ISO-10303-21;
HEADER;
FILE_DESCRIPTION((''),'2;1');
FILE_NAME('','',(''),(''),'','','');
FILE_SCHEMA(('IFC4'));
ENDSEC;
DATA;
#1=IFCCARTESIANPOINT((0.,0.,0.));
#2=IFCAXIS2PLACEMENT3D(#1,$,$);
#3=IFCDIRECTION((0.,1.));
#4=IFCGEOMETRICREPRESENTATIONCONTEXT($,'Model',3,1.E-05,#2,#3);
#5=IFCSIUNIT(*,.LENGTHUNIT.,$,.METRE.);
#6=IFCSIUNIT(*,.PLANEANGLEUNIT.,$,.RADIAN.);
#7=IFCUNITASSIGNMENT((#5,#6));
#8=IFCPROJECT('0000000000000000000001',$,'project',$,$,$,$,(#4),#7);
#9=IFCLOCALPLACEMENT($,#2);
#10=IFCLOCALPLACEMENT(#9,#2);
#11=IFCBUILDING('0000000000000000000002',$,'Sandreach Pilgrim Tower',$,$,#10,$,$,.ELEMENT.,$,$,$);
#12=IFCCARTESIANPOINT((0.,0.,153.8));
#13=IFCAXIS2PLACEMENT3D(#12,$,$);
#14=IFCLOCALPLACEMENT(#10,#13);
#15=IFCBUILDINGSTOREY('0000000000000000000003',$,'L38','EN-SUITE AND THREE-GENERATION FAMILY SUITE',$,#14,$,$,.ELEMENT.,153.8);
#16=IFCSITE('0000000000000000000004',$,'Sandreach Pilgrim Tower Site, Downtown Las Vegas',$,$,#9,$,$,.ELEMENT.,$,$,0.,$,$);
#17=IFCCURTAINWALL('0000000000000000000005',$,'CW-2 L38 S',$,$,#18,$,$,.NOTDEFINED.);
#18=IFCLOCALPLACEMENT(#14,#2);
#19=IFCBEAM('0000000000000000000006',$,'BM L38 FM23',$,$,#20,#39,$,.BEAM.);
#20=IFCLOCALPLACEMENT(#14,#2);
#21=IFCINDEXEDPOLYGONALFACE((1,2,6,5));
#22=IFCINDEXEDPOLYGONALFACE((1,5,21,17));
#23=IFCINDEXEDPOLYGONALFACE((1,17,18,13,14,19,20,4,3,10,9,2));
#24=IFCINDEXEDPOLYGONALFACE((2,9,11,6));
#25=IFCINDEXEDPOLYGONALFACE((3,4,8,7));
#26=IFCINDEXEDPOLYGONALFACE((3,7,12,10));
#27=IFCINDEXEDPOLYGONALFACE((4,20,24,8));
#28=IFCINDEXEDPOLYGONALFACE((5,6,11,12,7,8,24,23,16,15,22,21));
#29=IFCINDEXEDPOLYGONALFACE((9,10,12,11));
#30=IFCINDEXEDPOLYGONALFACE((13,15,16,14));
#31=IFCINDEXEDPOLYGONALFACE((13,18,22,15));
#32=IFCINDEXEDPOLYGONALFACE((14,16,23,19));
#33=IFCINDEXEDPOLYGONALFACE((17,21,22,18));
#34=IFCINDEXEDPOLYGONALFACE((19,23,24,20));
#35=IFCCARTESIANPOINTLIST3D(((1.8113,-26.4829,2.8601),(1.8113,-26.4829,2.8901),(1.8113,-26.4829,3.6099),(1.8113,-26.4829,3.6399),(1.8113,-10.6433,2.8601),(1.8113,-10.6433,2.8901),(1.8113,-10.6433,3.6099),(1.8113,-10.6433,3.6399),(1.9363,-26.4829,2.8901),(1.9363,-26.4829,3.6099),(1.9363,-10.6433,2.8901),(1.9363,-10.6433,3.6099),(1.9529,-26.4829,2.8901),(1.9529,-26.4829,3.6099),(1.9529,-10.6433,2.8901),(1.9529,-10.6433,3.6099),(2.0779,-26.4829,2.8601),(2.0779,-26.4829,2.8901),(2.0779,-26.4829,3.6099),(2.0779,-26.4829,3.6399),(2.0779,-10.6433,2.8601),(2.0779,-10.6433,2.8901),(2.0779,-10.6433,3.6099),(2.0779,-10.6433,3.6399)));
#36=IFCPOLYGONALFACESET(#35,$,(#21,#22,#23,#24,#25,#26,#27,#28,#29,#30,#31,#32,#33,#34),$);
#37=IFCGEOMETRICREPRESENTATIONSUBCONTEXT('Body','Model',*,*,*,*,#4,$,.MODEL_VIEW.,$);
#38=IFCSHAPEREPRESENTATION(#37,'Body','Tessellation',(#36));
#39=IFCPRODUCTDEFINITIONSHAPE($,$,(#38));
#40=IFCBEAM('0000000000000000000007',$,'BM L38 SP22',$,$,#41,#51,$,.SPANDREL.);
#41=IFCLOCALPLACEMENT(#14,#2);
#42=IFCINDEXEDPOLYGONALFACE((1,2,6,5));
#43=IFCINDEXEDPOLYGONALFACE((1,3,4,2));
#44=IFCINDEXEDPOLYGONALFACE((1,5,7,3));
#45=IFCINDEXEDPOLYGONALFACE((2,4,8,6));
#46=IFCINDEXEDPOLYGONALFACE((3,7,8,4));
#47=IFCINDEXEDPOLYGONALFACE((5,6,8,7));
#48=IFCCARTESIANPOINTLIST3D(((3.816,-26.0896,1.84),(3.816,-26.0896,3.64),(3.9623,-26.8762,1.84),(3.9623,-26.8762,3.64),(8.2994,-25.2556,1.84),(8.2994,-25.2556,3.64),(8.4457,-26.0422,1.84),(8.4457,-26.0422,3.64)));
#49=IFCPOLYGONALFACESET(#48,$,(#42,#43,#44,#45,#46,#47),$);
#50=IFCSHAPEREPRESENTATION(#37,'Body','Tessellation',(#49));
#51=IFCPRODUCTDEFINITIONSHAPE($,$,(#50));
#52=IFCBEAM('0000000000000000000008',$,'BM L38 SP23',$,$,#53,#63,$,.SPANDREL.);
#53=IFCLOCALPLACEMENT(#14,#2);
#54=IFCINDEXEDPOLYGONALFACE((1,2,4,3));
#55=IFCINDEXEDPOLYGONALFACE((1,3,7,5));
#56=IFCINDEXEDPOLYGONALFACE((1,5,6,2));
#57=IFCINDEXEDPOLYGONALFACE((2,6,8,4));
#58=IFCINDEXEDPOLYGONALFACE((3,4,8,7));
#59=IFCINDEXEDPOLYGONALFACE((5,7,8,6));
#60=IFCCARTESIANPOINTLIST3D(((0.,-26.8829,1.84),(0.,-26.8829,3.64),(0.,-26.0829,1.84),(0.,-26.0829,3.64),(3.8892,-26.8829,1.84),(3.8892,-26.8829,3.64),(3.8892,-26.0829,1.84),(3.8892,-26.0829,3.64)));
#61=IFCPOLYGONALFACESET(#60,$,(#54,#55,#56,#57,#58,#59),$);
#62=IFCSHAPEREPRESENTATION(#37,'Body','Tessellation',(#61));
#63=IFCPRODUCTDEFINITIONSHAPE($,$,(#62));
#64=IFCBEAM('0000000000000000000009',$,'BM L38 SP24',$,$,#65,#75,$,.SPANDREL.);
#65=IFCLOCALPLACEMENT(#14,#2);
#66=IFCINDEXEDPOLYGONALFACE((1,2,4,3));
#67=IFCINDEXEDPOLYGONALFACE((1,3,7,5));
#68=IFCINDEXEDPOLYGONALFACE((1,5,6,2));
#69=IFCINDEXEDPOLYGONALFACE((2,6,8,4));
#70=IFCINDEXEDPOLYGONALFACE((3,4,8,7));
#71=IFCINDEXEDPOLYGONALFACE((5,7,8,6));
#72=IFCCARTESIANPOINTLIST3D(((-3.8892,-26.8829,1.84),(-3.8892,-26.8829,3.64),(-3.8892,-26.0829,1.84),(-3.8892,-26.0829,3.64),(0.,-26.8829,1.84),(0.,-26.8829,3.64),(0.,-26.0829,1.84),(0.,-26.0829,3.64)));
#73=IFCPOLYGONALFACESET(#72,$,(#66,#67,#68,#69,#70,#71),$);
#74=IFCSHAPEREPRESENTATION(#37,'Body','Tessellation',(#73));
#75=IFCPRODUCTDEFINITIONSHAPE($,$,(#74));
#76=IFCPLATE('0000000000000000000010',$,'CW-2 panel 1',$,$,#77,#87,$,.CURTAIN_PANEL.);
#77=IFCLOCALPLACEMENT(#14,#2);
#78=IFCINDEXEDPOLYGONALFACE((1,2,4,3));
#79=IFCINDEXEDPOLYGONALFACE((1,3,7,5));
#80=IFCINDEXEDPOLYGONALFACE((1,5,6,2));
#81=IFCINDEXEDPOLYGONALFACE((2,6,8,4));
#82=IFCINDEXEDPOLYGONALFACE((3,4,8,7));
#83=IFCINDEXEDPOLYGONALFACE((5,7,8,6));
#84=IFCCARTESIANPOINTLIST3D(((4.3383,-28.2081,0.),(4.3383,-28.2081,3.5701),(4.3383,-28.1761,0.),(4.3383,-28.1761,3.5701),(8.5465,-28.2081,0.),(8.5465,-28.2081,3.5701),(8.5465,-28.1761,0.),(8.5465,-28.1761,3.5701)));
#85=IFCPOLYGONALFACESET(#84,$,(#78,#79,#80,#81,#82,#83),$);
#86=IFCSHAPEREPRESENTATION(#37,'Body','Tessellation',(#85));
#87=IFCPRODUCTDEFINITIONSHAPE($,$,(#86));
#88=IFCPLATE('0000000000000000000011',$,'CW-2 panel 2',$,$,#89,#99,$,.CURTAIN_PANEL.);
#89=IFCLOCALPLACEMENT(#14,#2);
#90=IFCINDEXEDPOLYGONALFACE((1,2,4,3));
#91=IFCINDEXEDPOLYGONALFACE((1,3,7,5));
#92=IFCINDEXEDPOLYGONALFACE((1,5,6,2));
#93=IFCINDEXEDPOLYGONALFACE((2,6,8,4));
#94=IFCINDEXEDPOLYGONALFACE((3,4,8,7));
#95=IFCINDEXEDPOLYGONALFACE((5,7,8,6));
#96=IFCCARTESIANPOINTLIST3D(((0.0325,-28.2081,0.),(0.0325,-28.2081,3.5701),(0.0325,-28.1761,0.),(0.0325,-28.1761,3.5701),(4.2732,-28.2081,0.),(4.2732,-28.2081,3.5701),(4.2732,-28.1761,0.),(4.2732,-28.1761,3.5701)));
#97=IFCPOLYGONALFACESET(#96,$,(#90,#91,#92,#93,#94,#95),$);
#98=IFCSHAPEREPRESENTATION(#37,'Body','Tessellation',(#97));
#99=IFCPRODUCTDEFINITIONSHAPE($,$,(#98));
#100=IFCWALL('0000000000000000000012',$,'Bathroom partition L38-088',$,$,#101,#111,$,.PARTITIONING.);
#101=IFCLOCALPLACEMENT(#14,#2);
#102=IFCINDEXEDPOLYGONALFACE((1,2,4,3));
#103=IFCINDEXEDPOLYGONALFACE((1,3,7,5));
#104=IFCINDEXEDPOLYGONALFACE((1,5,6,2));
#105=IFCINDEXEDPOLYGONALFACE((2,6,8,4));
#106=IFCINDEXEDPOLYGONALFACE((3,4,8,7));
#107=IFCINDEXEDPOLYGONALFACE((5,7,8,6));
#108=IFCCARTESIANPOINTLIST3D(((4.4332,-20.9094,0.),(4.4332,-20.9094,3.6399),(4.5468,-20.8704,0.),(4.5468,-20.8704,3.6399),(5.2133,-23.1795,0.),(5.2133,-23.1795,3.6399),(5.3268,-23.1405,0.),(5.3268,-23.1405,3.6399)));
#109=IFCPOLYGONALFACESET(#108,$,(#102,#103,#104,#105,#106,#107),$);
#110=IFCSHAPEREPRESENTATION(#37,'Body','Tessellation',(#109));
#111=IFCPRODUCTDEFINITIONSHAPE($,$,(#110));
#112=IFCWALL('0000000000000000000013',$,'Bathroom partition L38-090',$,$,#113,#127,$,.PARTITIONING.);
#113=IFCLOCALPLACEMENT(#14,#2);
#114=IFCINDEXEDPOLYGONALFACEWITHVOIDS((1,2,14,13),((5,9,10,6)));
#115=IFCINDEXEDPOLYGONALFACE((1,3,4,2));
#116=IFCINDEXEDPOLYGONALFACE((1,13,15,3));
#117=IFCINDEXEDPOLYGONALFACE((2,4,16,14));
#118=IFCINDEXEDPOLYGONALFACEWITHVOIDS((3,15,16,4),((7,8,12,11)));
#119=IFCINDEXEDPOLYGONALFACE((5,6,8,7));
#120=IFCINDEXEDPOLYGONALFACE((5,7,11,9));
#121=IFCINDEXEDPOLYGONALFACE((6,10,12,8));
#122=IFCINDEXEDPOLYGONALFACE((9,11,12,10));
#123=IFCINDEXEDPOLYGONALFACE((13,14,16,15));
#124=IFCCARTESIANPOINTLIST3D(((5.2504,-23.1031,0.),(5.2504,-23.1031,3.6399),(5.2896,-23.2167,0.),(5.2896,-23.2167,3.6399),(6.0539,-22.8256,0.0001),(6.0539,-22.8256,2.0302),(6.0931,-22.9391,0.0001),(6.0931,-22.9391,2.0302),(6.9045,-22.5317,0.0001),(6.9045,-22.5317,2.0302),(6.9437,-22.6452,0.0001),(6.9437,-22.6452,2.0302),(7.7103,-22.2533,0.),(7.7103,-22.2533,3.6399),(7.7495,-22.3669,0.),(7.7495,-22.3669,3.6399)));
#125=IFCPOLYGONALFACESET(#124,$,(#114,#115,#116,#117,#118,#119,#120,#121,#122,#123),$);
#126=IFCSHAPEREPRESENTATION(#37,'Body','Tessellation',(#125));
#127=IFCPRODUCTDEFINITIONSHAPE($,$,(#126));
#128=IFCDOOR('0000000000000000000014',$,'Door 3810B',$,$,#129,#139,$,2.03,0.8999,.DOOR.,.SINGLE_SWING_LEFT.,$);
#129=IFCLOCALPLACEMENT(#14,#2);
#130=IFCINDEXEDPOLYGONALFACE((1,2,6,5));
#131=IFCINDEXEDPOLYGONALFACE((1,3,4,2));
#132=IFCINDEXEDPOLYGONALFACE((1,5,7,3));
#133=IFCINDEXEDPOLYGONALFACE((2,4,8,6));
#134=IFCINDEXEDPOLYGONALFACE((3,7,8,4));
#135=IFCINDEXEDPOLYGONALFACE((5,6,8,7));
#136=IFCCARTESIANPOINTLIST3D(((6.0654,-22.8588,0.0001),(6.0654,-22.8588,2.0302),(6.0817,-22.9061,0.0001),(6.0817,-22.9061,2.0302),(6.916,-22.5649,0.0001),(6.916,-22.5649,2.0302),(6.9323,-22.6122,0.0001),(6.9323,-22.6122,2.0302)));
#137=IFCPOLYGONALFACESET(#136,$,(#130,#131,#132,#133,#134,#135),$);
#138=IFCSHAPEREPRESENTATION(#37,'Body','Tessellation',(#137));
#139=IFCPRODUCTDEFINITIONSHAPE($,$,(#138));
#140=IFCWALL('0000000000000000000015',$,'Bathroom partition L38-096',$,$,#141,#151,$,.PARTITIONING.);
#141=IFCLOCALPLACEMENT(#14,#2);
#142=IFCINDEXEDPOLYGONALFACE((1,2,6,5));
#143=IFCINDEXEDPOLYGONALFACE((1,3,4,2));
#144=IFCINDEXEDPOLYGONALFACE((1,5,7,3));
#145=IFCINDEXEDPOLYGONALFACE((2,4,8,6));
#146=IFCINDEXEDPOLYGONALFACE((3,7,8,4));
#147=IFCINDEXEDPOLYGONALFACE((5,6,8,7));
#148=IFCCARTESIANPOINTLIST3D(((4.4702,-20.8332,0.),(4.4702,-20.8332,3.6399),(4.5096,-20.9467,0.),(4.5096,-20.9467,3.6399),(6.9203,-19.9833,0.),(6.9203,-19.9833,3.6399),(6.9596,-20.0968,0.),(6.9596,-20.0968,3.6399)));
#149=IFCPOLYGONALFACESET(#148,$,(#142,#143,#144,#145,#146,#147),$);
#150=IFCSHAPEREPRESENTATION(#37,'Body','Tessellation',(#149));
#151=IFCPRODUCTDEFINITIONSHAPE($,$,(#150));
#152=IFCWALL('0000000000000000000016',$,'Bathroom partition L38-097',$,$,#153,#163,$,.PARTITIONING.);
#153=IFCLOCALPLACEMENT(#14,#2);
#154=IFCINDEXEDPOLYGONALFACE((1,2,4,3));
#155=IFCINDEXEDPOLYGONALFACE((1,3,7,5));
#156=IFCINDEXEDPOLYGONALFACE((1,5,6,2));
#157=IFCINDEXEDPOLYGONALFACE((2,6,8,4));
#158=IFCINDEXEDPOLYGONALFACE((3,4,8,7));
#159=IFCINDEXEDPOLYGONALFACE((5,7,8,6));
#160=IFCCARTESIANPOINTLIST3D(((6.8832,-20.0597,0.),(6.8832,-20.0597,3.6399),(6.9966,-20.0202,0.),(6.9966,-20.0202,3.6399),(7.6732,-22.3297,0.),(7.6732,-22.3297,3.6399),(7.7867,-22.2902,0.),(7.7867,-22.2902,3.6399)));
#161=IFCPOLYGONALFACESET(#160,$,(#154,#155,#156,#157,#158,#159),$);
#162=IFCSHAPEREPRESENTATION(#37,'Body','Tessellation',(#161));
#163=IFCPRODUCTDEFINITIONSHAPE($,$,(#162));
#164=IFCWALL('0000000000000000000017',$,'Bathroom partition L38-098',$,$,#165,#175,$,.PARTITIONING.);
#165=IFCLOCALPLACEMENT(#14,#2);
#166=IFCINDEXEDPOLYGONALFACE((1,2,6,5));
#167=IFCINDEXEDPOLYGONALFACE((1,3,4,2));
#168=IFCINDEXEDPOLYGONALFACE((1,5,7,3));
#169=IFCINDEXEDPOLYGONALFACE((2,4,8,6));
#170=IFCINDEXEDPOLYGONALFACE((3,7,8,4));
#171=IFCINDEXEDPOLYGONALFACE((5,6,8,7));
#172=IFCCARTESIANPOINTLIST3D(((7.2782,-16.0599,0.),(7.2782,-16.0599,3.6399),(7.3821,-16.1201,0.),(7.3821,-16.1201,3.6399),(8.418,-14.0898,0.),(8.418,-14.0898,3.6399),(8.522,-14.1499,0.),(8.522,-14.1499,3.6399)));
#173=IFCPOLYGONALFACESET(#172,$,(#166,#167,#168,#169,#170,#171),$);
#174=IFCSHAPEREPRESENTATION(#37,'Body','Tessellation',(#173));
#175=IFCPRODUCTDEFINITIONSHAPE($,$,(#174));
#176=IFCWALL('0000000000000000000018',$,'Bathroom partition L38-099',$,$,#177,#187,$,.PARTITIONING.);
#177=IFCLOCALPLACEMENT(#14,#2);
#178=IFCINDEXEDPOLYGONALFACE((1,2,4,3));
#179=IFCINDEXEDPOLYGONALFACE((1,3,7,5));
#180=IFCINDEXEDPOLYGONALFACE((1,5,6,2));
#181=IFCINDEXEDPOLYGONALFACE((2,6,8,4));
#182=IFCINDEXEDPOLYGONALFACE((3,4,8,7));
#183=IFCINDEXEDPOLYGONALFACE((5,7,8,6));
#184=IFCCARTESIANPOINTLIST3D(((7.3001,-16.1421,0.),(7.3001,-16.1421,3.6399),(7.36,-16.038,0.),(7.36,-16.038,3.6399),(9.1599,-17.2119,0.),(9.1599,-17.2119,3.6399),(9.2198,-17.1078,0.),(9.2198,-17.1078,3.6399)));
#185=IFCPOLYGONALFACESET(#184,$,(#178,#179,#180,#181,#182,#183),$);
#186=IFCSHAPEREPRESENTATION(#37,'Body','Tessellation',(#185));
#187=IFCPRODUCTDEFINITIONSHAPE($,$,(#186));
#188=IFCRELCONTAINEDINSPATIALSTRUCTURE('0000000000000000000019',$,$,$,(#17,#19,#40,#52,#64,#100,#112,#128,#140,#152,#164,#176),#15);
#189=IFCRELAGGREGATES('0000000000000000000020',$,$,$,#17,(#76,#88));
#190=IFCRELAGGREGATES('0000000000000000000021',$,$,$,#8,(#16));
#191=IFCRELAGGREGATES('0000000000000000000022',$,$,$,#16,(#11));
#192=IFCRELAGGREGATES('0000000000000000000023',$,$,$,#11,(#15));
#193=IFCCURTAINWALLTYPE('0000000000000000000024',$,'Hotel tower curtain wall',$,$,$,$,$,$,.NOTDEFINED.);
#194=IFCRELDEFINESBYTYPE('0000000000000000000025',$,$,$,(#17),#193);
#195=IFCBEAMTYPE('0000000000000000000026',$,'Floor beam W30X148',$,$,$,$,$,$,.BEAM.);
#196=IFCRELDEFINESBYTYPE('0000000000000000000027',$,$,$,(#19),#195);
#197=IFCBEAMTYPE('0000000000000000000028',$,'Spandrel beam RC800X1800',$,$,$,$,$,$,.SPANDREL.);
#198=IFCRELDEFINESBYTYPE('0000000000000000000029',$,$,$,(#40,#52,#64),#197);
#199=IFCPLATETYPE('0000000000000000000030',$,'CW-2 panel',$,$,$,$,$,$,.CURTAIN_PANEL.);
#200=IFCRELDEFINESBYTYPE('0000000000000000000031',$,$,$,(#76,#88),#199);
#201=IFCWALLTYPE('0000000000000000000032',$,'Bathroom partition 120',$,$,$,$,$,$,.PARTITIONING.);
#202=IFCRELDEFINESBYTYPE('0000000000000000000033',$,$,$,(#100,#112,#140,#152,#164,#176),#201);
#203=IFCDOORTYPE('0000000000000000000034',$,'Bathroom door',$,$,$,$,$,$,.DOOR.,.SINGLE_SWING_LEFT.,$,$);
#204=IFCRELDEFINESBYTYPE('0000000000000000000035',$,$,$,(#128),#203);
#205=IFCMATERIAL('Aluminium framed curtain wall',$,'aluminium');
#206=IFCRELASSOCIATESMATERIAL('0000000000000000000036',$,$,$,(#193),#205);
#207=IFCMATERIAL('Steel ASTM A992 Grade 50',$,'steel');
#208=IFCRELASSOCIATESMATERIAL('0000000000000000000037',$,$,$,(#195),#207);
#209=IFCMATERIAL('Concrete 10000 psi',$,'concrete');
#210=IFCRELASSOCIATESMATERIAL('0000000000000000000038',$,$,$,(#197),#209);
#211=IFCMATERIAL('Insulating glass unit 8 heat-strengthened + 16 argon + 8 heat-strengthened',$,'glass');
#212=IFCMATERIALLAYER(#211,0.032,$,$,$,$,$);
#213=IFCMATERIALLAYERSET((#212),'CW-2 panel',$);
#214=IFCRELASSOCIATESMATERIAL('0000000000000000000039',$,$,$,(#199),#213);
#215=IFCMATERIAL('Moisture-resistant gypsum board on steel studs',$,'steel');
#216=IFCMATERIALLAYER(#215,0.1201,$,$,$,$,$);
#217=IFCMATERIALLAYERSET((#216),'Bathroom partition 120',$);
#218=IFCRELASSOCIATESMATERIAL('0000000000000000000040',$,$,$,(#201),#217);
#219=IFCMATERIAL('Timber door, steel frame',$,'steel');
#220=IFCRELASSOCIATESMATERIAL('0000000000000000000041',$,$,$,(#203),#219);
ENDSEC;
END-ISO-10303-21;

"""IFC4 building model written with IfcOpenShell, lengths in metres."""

from ifc_helpers import new_model, si_unit, direction, frame, frame_2d, origin, origin_2d, place, context, subcontext, project, spatial, rectangle, i_section, extrude, material, layer, layer_set, material_profile, profile_set, type_object, element, fill, aggregate, save


model = new_model("IFC4")

# Units and contexts
model_context = context("Model", 3, precision=1e-05, world=origin(), true_north=direction((0.0, 1.0)))
body_context = subcontext(model_context, "Body", "Model", "MODEL_VIEW")
ifc_project = project(units=[si_unit("LENGTHUNIT", "METRE"), si_unit("PLANEANGLEUNIT", "RADIAN")], contexts=[model_context])

# Site, building, storey
site_placement = place(None, origin())
site = spatial("IfcSite", under=ifc_project, at=site_placement, Name="Sandreach Pilgrim Tower Site, Downtown Las Vegas", CompositionType="ELEMENT", RefElevation=0.0)
building_placement = place(site_placement, origin())
building = spatial("IfcBuilding", under=site, at=building_placement, Name="Sandreach Pilgrim Tower", CompositionType="ELEMENT")
storey_placement = place(building_placement, frame((0.0, 0.0, 153.8)))
storey = spatial("IfcBuildingStorey", under=building, at=storey_placement, Name="L38", Description="EN-SUITE AND THREE-GENERATION FAMILY SUITE", CompositionType="ELEMENT", Elevation=153.8)

# Curtain wall
ifc_material_1 = material(Name="Aluminium framed curtain wall", Category="aluminium")
curtain_wall_type = type_object("IfcCurtainWallType", Name="Hotel tower curtain wall", PredefinedType="NOTDEFINED", material=ifc_material_1)
curtain_wall_placement = place(storey_placement, origin())
curtain_wall = element("IfcCurtainWall", 1, at=curtain_wall_placement, inside=storey, type_object=curtain_wall_type, Name="CW-2 L38 S", PredefinedType="NOTDEFINED")

# Beams
ifc_material_2 = material(Name="Steel ASTM A992 Grade 50", Category="steel")
ifc_material_profile_1 = material_profile(ifc_material_2, i_section(OverallWidth=0.2666, OverallDepth=0.7798, WebThickness=0.0166, FlangeThickness=0.03, at=origin_2d()), Name="W30X148")
ifc_profile_set_1 = profile_set([ifc_material_profile_1], Name="Steel ASTM A992 Grade 50")
beam_type_1 = type_object("IfcBeamType", Name="Floor beam W30X148", PredefinedType="BEAM", material=ifc_profile_set_1)
beam_1_placement = place(storey_placement, frame((1.9446, -26.4829, 3.25), z_axis=(0.0, 1.0, 0.0), x_axis=(-1.0, 0.0, 0.0)))
element("IfcBeam", 2, at=beam_1_placement, inside=storey, type_object=beam_type_1, Name="BM L38 FM23", PredefinedType="BEAM", context=body_context, shape_type="SweptSolid", body=[
    extrude(i_section(OverallWidth=0.2666, OverallDepth=0.7798, WebThickness=0.0166, FlangeThickness=0.03, at=origin_2d()), origin(), (0.0, 0.0, 1.0), 15.8396),
])
ifc_material_3 = material(Name="Concrete 10000 psi", Category="concrete")
ifc_material_profile_2 = material_profile(ifc_material_3, rectangle(XDim=0.8, YDim=1.8, at=origin_2d()), Name="RC800X1800")
ifc_profile_set_2 = profile_set([ifc_material_profile_2], Name="Concrete 10000 psi")
beam_type_2 = type_object("IfcBeamType", Name="Spandrel beam RC800X1800", PredefinedType="SPANDREL", material=ifc_profile_set_2)
beam_2_placement = place(storey_placement, frame((8.3726, -25.6489, 2.74), z_axis=(-0.983135, -0.182879, 0.0), x_axis=(0.182879, -0.983135, 0.0)))
element("IfcBeam", 3, at=beam_2_placement, inside=storey, type_object=beam_type_2, Name="BM L38 SP22", PredefinedType="SPANDREL", context=body_context, shape_type="SweptSolid", body=[
    extrude(rectangle(XDim=0.8, YDim=1.8, at=origin_2d()), origin(), (0.0, 0.0, 1.0), 4.5603),
])
for number, where, z_axis, x_axis, name in (
    (4, (3.8892, -26.4829, 2.74), (-1.0, 0.0, 0.0), (0.0, -1.0, 0.0), "BM L38 SP23"),
    (5, (0.0, -26.4829, 2.74), (-1.0, 0.0, 0.0), (0.0, -1.0, 0.0), "BM L38 SP24"),
):
    element("IfcBeam", number, at=place(storey_placement, frame(where, z_axis=z_axis, x_axis=x_axis)), inside=storey, type_object=beam_type_2, Name=name, PredefinedType="SPANDREL", context=body_context, shape_type="SweptSolid", body=[
        extrude(rectangle(XDim=0.8, YDim=1.8, at=origin_2d()), origin(), (0.0, 0.0, 1.0), 3.8892),
    ])

# Plates
ifc_material_4 = material(Name="Insulating glass unit 8 heat-strengthened + 16 argon + 8 heat-strengthened", Category="glass")
ifc_layer_1 = layer(ifc_material_4, 0.032)
ifc_layer_set_1 = layer_set([ifc_layer_1], Name="CW-2 panel")
plate_type = type_object("IfcPlateType", Name="CW-2 panel", PredefinedType="CURTAIN_PANEL", material=ifc_layer_set_1)
plate_1_placement = place(storey_placement, frame((6.4424, -28.1921, 0.0), z_axis=(0.0, 0.0, 1.0), x_axis=(-1.0, 0.0, 0.0)))
plate_1 = element("IfcPlate", 6, at=plate_1_placement, type_object=plate_type, Name="CW-2 panel 1", PredefinedType="CURTAIN_PANEL", context=body_context, shape_type="SweptSolid", body=[
    extrude(rectangle(XDim=4.2083, YDim=0.032, at=origin_2d()), origin(), (0.0, 0.0, 1.0), 3.5701),
])
plate_2_placement = place(storey_placement, frame((2.1528, -28.1921, 0.0), z_axis=(0.0, 0.0, 1.0), x_axis=(-1.0, 0.0, 0.0)))
plate_2 = element("IfcPlate", 7, at=plate_2_placement, type_object=plate_type, Name="CW-2 panel 2", PredefinedType="CURTAIN_PANEL", context=body_context, shape_type="SweptSolid", body=[
    extrude(rectangle(XDim=4.2407, YDim=0.032, at=origin_2d()), origin(), (0.0, 0.0, 1.0), 3.5701),
])
aggregate(curtain_wall, [plate_1, plate_2])

# Wall
ifc_material_5 = material(Name="Moisture-resistant gypsum board on steel studs", Category="steel")
ifc_layer_2 = layer(ifc_material_5, 0.1201)
ifc_layer_set_2 = layer_set([ifc_layer_2], Name="Bathroom partition 120")
wall_type_1 = type_object("IfcWallType", Name="Bathroom partition 120", PredefinedType="PARTITIONING", material=ifc_layer_set_2)
wall_1_placement = place(storey_placement, frame((4.49, -20.8899, 0.0), z_axis=(0.0, 0.0, 1.0), x_axis=(0.324972, -0.945724, 0.0)))
element("IfcWall", 8, at=wall_1_placement, inside=storey, type_object=wall_type_1, Name="Bathroom partition L38-088", PredefinedType="PARTITIONING", context=body_context, shape_type="SweptSolid", body=[
    extrude(rectangle(XDim=2.4004, YDim=0.1201, at=frame_2d((1.2002, 0.0))), origin(), (0.0, 0.0, 1.0), 3.6399),
])

# Wall, opening, door
wall_2_placement = place(storey_placement, frame((5.27, -23.1599, 0.0), z_axis=(0.0, 0.0, 1.0), x_axis=(0.945184, 0.326537, 0.0)))
wall_2 = element("IfcWall", 9, at=wall_2_placement, inside=storey, type_object=wall_type_1, Name="Bathroom partition L38-090", PredefinedType="PARTITIONING", context=body_context, shape_type="SweptSolid", body=[
    extrude(rectangle(XDim=2.6025, YDim=0.1201, at=frame_2d((1.3013, 0.0))), origin(), (0.0, 0.0, 1.0), 3.6399),
])
opening_1_placement = place(wall_2_placement, frame((0.8501, 0.0, 0.0)))
opening_1 = element("IfcOpeningElement", 10, at=opening_1_placement, cuts=wall_2, PredefinedType="OPENING", context=body_context, shape_type="SweptSolid", body=[
    extrude(rectangle(XDim=0.8999, YDim=2.03, at=frame_2d((0.45, 1.0151))), frame((0.0, 0.0601, 0.0), z_axis=(0.0, -1.0, 0.0), x_axis=(1.0, 0.0, 0.0)), (0.0, 0.0, 1.0), 0.1201),
])
ifc_material_6 = material(Name="Timber door, steel frame", Category="steel")
door_type_1 = type_object("IfcDoorType", Name="Bathroom door", OperationType="SINGLE_SWING_LEFT", PredefinedType="DOOR", material=ifc_material_6)
door_1_placement = place(opening_1_placement, origin())
door_1 = element("IfcDoor", 11, at=door_1_placement, inside=storey, type_object=door_type_1, Name="Door 3810B", OperationType="SINGLE_SWING_LEFT", OverallHeight=2.03, OverallWidth=0.8999, PredefinedType="DOOR", context=body_context, shape_type="SweptSolid", body=[
    extrude(rectangle(XDim=0.8999, YDim=2.03, at=frame_2d((0.45, 1.0151))), frame((0.0, 0.0249, 0.0), z_axis=(0.0, -1.0, 0.0), x_axis=(1.0, 0.0, 0.0)), (0.0, 0.0, 1.0), 0.05),
])
fill(opening_1, door_1)

# Walls
wall_3_placement = place(storey_placement, frame((6.9399, -20.04, 0.0), z_axis=(0.0, 0.0, 1.0), x_axis=(-0.944772, -0.327728, 0.0)))
element("IfcWall", 12, at=wall_3_placement, inside=storey, type_object=wall_type_1, Name="Bathroom partition L38-096", PredefinedType="PARTITIONING", context=body_context, shape_type="SweptSolid", body=[
    extrude(rectangle(XDim=2.5933, YDim=0.1201, at=frame_2d((1.2966, 0.0))), origin(), (0.0, 0.0, 1.0), 3.6399),
])
wall_4_placement = place(storey_placement, frame((6.9399, -20.04, 0.0), z_axis=(0.0, 0.0, 1.0), x_axis=(0.328694, -0.944436, 0.0)))
element("IfcWall", 13, at=wall_4_placement, inside=storey, type_object=wall_type_1, Name="Bathroom partition L38-097", PredefinedType="PARTITIONING", context=body_context, shape_type="SweptSolid", body=[
    extrude(rectangle(XDim=2.4036, YDim=0.1201, at=frame_2d((1.2017, 0.0))), origin(), (0.0, 0.0, 1.0), 3.6399),
])
wall_5_placement = place(storey_placement, frame((7.3301, -16.0901, 0.0), z_axis=(0.0, 0.0, 1.0), x_axis=(0.500787, 0.865571, 0.0)))
element("IfcWall", 14, at=wall_5_placement, inside=storey, type_object=wall_type_1, Name="Bathroom partition L38-098", PredefinedType="PARTITIONING", context=body_context, shape_type="SweptSolid", body=[
    extrude(rectangle(XDim=2.2761, YDim=0.1201, at=frame_2d((1.1382, 0.0))), origin(), (0.0, 0.0, 1.0), 3.6399),
])
wall_6_placement = place(storey_placement, frame((7.3301, -16.0901, 0.0), z_axis=(0.0, 0.0, 1.0), x_axis=(0.866825, -0.498612, 0.0)))
element("IfcWall", 15, at=wall_6_placement, inside=storey, type_object=wall_type_1, Name="Bathroom partition L38-099", PredefinedType="PARTITIONING", context=body_context, shape_type="SweptSolid", body=[
    extrude(rectangle(XDim=2.1455, YDim=0.1201, at=frame_2d((1.0728, 0.0))), origin(), (0.0, 0.0, 1.0), 3.6399),
])

save(model, "model.ifc")
